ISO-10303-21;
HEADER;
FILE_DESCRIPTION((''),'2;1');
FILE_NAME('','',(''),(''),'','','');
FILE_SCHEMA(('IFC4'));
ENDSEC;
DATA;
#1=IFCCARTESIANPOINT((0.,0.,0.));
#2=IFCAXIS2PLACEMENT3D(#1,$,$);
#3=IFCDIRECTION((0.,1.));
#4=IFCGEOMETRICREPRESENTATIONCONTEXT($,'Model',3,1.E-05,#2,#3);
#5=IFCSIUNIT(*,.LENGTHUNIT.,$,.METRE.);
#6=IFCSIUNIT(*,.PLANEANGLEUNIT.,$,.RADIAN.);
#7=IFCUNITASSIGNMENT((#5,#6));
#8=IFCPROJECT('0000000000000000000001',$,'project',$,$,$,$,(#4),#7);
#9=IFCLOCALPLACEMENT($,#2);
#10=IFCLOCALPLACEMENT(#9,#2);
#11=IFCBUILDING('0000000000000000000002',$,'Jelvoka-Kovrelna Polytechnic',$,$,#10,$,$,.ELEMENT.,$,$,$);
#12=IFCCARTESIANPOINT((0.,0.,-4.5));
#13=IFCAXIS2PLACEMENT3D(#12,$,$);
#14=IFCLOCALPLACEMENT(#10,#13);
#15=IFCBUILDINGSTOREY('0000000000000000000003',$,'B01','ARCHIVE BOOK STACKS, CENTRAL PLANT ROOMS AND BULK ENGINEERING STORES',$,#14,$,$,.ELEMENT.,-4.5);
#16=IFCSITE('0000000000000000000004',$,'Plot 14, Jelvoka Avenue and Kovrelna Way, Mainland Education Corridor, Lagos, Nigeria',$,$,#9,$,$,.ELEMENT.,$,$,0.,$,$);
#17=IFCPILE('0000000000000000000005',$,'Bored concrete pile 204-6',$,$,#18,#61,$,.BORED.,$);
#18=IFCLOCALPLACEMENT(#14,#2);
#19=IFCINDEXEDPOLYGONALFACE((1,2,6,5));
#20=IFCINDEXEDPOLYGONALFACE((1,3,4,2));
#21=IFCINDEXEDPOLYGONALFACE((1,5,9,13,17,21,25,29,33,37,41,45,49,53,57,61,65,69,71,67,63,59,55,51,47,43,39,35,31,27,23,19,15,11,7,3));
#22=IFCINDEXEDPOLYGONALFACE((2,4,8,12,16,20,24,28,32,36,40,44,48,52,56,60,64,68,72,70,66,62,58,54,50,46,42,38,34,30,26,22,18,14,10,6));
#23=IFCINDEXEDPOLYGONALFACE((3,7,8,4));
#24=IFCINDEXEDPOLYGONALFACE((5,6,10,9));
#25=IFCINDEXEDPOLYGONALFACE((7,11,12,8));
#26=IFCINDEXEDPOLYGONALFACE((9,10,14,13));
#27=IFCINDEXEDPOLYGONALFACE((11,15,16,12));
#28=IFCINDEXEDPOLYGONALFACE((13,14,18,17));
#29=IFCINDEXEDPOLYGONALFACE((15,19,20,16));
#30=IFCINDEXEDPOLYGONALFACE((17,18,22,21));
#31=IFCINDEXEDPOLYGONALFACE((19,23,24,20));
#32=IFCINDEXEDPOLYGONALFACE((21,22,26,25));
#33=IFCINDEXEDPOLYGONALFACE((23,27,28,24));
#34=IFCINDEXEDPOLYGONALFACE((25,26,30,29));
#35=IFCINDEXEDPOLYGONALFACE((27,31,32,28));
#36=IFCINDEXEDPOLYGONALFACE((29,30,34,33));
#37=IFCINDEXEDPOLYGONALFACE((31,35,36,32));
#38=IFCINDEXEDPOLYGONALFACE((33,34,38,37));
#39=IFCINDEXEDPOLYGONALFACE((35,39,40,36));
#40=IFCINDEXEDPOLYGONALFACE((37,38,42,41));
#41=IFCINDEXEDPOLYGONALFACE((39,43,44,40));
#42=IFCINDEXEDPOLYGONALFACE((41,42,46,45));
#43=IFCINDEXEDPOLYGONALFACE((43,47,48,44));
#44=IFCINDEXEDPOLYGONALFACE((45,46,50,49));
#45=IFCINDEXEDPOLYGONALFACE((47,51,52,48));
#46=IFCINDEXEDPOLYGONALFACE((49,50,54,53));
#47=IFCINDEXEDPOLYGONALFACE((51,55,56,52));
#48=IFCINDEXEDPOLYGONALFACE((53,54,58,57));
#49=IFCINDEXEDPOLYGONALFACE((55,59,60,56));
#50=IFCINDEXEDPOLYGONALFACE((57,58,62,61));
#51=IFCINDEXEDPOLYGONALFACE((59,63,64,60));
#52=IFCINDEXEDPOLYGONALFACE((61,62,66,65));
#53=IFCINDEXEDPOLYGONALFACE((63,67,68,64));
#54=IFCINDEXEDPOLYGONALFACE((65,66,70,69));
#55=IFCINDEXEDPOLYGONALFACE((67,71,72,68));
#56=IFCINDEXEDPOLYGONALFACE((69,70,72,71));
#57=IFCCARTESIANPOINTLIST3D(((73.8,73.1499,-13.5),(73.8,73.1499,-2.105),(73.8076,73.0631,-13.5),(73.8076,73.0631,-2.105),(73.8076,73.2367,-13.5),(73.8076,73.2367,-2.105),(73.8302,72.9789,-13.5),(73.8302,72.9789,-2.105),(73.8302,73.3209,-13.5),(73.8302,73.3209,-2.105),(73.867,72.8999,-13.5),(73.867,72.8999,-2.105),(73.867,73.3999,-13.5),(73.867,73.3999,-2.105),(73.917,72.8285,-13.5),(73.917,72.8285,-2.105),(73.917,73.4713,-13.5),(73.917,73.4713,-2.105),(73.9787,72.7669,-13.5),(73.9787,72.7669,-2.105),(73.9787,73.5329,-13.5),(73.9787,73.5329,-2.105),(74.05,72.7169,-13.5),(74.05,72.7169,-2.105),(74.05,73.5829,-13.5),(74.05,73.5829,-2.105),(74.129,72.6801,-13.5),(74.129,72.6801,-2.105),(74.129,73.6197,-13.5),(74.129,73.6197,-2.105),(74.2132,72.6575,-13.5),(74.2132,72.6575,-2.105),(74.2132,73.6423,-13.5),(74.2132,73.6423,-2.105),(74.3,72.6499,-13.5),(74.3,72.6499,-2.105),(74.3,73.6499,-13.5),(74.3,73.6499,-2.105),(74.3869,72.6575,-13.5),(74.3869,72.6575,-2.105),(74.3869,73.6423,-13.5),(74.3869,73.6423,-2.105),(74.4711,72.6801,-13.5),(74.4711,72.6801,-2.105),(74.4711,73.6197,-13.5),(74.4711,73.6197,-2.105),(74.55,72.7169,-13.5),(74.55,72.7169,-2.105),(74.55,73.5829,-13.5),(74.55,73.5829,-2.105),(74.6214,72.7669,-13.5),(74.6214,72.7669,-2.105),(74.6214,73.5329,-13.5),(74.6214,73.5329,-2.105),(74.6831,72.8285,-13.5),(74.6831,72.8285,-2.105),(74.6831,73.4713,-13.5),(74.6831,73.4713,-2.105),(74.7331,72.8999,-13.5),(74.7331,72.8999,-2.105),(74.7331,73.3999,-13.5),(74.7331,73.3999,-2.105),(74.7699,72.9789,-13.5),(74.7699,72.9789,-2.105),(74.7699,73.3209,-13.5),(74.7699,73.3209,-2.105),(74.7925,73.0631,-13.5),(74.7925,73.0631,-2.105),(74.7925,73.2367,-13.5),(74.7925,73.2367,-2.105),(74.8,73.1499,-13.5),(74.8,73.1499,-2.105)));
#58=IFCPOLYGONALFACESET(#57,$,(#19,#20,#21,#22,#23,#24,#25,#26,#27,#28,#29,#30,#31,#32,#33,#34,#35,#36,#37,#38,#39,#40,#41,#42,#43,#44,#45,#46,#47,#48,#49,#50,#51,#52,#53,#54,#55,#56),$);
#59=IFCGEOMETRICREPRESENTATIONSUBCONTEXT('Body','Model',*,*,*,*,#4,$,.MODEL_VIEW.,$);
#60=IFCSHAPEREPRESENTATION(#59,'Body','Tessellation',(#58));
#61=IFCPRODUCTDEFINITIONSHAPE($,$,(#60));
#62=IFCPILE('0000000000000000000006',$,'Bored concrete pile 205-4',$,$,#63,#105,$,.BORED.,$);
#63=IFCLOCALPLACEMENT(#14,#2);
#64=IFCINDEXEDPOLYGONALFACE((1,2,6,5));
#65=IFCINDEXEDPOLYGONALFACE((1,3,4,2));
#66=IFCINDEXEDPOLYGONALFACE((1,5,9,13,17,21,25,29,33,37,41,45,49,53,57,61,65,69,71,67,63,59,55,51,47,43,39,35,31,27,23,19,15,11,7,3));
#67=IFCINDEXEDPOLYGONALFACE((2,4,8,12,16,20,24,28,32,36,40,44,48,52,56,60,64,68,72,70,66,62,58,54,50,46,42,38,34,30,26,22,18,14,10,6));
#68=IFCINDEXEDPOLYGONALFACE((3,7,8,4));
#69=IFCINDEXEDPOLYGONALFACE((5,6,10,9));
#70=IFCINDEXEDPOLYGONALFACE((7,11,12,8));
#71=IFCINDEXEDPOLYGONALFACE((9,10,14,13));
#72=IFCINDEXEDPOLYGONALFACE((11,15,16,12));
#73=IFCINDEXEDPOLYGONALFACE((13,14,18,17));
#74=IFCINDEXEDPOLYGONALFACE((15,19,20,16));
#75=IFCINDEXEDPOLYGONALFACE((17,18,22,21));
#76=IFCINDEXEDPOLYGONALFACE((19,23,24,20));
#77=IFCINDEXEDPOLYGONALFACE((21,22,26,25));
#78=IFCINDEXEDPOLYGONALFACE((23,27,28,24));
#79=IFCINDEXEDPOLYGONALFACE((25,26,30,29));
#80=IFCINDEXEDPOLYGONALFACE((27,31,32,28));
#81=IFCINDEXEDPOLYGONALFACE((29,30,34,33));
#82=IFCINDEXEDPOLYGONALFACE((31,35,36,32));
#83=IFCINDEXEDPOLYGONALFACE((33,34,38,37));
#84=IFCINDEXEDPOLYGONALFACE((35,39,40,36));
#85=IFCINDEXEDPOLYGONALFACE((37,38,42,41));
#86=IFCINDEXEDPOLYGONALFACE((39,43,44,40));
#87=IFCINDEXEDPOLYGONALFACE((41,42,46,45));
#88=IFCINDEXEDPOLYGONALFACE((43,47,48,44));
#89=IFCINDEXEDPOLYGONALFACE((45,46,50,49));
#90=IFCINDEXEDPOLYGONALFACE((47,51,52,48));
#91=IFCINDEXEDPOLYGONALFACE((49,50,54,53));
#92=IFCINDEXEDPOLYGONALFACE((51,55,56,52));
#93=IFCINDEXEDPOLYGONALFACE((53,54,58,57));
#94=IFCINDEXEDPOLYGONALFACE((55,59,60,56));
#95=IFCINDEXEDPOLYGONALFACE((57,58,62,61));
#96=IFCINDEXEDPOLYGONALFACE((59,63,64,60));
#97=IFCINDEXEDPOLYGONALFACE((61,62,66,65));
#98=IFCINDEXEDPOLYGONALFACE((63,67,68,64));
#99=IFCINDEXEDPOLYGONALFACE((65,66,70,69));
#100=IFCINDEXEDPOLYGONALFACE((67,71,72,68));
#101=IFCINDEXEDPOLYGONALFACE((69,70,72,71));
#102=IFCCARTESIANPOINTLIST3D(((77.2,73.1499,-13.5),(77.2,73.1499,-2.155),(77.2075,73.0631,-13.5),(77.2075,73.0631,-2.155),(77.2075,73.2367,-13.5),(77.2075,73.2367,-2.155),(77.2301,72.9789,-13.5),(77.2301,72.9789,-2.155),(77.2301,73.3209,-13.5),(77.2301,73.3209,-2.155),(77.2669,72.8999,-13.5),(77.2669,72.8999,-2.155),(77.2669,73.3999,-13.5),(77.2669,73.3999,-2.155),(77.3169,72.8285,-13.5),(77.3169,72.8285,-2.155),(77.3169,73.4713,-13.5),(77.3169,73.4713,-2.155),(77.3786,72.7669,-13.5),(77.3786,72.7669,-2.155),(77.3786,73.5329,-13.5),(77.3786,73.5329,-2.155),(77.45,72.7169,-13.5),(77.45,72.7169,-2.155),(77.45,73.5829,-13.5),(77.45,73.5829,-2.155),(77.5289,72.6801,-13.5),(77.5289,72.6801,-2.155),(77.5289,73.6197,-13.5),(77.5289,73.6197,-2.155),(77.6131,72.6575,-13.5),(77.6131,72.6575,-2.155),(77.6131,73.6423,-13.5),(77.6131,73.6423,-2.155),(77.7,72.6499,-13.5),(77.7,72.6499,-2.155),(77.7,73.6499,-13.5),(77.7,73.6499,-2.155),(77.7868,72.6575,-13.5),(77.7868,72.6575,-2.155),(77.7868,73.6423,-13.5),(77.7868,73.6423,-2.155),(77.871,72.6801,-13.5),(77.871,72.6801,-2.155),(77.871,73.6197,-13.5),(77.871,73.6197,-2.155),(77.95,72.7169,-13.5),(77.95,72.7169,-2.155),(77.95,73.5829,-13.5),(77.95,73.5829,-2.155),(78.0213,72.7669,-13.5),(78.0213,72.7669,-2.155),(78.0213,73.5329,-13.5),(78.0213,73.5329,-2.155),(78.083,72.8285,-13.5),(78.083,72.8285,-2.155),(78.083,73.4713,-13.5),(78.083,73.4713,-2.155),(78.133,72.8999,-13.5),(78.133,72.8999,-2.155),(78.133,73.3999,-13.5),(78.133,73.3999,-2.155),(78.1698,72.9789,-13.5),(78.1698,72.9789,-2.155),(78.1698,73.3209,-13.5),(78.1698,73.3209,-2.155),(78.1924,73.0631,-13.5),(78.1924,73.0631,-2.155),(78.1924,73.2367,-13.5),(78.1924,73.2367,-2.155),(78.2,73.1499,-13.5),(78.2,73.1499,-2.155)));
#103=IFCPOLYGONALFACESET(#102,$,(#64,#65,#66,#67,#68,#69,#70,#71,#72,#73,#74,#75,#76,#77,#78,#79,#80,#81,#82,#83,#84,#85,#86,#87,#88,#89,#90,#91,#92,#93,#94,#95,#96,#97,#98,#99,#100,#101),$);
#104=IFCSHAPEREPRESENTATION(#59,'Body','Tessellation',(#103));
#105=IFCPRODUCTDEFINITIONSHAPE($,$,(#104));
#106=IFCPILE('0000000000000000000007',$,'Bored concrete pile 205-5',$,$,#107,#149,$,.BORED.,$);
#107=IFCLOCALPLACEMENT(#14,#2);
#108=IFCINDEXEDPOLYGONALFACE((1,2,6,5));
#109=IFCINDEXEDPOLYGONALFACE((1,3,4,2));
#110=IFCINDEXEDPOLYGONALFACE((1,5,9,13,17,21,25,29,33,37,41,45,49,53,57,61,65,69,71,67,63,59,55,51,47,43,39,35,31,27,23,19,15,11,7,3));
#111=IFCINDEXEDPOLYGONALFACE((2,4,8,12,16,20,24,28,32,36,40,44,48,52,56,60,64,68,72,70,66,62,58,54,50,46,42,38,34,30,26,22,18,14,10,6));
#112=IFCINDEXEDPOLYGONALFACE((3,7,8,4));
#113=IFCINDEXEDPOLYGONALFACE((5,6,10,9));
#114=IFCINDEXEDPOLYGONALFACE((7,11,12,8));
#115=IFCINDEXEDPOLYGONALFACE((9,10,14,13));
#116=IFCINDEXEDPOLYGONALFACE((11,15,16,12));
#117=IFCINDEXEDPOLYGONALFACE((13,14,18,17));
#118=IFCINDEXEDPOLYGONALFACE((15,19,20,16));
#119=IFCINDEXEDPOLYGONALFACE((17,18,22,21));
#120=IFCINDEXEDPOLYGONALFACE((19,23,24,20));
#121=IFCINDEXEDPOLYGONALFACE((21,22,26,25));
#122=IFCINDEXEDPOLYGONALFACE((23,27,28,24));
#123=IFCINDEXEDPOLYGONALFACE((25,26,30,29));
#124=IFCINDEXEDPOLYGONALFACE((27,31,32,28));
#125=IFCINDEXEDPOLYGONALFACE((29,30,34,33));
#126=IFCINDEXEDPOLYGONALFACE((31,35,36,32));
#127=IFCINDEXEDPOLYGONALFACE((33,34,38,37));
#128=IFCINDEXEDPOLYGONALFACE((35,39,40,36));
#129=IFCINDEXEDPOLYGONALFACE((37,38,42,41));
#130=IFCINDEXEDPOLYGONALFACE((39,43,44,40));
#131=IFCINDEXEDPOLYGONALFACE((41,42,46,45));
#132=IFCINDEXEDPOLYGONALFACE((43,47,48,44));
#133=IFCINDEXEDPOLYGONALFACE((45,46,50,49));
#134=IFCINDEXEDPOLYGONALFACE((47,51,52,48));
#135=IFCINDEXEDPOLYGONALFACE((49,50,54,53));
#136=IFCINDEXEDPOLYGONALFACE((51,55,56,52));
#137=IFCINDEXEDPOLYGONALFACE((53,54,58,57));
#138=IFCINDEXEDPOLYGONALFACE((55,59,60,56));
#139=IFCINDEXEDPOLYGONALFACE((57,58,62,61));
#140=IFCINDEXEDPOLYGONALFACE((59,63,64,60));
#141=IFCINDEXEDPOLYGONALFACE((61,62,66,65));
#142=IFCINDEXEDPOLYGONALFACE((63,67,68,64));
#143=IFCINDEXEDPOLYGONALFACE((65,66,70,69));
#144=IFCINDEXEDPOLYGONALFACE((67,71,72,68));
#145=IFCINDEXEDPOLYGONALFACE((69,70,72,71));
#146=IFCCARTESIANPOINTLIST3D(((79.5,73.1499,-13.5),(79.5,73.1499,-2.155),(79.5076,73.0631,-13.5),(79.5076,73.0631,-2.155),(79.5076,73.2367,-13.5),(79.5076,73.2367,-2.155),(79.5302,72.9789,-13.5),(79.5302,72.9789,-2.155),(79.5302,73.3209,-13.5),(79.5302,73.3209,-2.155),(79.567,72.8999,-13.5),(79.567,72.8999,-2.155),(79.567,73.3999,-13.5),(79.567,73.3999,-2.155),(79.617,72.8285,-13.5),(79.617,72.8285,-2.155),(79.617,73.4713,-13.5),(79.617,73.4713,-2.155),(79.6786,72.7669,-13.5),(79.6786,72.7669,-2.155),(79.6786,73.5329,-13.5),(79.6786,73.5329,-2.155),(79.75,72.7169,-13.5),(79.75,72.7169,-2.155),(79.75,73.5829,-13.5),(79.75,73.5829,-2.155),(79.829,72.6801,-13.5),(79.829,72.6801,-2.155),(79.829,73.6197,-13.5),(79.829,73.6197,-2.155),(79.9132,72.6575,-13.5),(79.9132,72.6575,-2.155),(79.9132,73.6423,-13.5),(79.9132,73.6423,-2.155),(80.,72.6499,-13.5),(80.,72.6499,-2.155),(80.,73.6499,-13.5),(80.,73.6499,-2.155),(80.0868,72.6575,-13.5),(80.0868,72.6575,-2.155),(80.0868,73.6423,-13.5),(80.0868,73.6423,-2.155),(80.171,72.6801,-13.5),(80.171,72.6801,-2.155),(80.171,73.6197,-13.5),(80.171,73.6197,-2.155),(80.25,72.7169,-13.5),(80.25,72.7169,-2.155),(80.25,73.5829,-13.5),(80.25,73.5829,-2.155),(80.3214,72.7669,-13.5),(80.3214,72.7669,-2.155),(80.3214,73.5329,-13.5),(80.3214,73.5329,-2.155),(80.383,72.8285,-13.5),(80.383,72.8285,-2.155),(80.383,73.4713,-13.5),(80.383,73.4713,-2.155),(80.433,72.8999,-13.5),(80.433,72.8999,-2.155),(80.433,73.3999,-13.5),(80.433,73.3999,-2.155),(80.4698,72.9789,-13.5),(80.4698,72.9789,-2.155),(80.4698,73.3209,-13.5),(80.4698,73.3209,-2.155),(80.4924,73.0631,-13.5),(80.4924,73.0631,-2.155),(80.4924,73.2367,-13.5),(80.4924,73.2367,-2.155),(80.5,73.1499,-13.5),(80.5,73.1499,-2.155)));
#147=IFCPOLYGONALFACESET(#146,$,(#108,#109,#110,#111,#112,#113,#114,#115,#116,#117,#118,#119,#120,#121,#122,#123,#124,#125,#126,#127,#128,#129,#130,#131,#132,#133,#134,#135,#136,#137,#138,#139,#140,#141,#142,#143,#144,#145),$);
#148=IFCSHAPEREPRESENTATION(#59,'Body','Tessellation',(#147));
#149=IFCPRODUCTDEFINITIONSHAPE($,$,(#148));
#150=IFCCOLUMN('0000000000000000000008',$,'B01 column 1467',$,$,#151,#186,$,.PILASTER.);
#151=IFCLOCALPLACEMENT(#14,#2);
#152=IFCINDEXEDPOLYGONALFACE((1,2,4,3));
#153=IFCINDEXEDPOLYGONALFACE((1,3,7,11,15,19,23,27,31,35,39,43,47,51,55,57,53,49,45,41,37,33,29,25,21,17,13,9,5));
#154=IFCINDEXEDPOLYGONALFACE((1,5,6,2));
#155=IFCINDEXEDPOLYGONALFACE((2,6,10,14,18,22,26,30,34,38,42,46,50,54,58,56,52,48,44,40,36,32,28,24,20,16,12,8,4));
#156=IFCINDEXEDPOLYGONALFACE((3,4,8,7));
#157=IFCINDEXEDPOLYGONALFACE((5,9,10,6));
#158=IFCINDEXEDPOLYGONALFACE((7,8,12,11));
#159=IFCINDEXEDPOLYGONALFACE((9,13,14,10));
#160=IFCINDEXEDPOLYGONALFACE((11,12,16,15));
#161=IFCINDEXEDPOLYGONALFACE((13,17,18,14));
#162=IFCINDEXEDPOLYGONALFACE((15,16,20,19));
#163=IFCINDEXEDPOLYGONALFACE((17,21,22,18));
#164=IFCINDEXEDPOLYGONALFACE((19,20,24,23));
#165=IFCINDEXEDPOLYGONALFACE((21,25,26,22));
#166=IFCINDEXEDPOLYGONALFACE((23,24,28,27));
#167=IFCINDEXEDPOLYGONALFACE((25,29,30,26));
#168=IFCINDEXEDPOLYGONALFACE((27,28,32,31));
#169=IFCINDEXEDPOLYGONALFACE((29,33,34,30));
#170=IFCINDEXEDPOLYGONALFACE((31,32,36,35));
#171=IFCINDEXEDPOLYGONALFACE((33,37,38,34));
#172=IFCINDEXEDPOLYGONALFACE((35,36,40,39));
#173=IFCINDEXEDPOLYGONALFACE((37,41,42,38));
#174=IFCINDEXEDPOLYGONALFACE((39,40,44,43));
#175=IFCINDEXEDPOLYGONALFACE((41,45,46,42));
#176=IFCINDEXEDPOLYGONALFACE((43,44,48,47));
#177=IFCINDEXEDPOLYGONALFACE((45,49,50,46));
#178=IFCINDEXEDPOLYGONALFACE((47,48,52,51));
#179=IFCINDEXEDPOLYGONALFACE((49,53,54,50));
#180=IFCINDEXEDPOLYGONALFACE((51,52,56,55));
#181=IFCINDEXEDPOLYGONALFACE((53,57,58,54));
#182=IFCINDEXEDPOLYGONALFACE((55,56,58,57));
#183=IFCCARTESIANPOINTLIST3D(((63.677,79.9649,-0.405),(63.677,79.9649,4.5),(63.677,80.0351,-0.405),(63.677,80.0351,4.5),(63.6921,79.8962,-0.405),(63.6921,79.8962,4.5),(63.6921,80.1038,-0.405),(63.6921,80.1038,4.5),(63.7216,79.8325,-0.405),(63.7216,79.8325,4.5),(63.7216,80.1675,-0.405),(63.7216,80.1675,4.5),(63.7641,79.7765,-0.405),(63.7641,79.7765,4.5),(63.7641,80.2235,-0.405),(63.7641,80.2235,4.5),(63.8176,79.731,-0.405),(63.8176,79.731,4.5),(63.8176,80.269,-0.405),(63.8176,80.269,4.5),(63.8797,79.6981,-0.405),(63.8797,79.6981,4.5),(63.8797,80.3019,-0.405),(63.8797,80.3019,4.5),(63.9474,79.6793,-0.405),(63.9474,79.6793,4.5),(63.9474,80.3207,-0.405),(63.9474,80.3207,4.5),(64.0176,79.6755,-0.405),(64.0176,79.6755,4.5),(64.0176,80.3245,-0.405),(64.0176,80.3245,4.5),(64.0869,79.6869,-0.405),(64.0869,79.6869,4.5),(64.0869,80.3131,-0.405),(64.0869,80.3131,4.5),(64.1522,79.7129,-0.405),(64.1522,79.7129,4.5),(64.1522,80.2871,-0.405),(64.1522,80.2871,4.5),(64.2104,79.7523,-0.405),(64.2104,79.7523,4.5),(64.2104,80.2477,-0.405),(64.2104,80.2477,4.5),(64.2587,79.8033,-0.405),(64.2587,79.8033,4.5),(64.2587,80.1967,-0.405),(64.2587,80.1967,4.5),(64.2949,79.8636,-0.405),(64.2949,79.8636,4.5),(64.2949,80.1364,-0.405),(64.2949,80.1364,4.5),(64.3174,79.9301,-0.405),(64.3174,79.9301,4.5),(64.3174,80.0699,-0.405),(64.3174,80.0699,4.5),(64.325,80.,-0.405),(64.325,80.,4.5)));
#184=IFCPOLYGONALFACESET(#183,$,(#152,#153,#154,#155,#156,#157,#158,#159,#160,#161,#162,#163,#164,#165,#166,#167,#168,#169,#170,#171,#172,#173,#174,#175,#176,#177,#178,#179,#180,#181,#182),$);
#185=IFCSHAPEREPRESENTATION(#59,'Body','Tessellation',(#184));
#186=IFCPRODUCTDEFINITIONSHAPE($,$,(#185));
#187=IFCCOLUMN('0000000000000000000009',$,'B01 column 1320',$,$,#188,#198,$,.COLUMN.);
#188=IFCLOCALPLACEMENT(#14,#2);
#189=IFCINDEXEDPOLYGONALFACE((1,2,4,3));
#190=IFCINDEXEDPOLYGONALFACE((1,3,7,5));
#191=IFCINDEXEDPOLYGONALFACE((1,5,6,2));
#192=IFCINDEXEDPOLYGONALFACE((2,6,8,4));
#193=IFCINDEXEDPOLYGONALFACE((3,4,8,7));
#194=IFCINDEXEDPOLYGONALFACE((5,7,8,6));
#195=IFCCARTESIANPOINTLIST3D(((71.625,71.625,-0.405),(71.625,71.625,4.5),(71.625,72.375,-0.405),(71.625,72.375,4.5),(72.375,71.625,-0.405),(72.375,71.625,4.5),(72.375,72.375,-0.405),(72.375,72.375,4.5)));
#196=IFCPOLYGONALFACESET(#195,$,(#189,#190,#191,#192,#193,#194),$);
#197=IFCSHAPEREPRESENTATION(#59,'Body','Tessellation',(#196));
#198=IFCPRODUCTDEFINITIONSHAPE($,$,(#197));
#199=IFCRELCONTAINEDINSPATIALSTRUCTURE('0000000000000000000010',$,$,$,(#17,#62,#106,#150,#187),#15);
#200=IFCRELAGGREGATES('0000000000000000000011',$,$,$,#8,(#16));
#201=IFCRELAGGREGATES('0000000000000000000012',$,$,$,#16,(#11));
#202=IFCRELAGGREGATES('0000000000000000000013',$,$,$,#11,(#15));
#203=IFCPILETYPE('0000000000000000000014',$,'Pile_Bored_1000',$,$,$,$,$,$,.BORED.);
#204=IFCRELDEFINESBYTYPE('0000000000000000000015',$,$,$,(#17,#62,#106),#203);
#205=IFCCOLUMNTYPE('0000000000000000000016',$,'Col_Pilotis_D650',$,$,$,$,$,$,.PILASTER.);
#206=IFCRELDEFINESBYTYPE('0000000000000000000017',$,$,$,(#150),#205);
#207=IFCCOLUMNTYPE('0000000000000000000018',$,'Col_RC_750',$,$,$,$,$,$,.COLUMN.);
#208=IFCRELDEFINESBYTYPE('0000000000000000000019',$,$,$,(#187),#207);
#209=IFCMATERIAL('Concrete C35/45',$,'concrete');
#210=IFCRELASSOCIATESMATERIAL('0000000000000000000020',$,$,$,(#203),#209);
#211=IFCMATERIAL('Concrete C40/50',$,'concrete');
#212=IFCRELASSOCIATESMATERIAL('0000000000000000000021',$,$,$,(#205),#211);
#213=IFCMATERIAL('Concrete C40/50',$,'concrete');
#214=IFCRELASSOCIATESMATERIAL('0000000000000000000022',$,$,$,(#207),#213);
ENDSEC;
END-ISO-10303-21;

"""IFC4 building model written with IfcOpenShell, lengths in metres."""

from ifc_helpers import new_model, si_unit, direction, frame, origin, origin_2d, place, context, subcontext, project, spatial, rectangle, circle, extrude, material, material_profile, profile_set, type_object, element, save


model = new_model("IFC4")

# Units and contexts
model_context = context("Model", 3, precision=1e-05, world=origin(), true_north=direction((0.0, 1.0)))
body_context = subcontext(model_context, "Body", "Model", "MODEL_VIEW")
ifc_project = project(units=[si_unit("LENGTHUNIT", "METRE"), si_unit("PLANEANGLEUNIT", "RADIAN")], contexts=[model_context])

# Site, building, storey
site_placement = place(None, origin())
site = spatial("IfcSite", under=ifc_project, at=site_placement, Name="Plot 14, Jelvoka Avenue and Kovrelna Way, Mainland Education Corridor, Lagos, Nigeria", CompositionType="ELEMENT", RefElevation=0.0)
building_placement = place(site_placement, origin())
building = spatial("IfcBuilding", under=site, at=building_placement, Name="Jelvoka-Kovrelna Polytechnic", CompositionType="ELEMENT")
storey_placement = place(building_placement, frame((0.0, 0.0, -4.5)))
storey = spatial("IfcBuildingStorey", under=building, at=storey_placement, Name="B01", Description="ARCHIVE BOOK STACKS, CENTRAL PLANT ROOMS AND BULK ENGINEERING STORES", CompositionType="ELEMENT", Elevation=-4.5)

# Piles
ifc_material_1 = material(Name="Concrete C35/45", Category="concrete")
ifc_material_profile_1 = material_profile(ifc_material_1, circle(Radius=0.5, at=origin_2d()), Name="PILE D1000")
ifc_profile_set_1 = profile_set([ifc_material_profile_1], Name="Concrete C35/45")
pile_type = type_object("IfcPileType", Name="Pile_Bored_1000", PredefinedType="BORED", material=ifc_profile_set_1)
for number, where, z_axis, x_axis, name in (
    (1, (74.3, 73.1499, -2.105), (0.0, 0.0, -1.0), (1.0, 0.0, 0.0), "Bored concrete pile 204-6"),
):
    element("IfcPile", number, at=place(storey_placement, frame(where, z_axis=z_axis, x_axis=x_axis)), inside=storey, type_object=pile_type, Name=name, PredefinedType="BORED", context=body_context, shape_type="SweptSolid", body=[
        extrude(circle(Radius=0.5, at=origin_2d()), origin(), (0.0, 0.0, 1.0), 11.395),
    ])
for number, where, z_axis, x_axis, name in (
    (2, (77.7, 73.1499, -2.155), (0.0, 0.0, -1.0), (1.0, 0.0, 0.0), "Bored concrete pile 205-4"),
    (3, (80.0, 73.1499, -2.155), (0.0, 0.0, -1.0), (1.0, 0.0, 0.0), "Bored concrete pile 205-5"),
):
    element("IfcPile", number, at=place(storey_placement, frame(where, z_axis=z_axis, x_axis=x_axis)), inside=storey, type_object=pile_type, Name=name, PredefinedType="BORED", context=body_context, shape_type="SweptSolid", body=[
        extrude(circle(Radius=0.5, at=origin_2d()), origin(), (0.0, 0.0, 1.0), 11.345),
    ])

# Columns
ifc_material_2 = material(Name="Concrete C40/50", Category="concrete")
ifc_material_profile_2 = material_profile(ifc_material_2, circle(Radius=0.325, at=origin_2d()), Name="RC D650")
ifc_profile_set_2 = profile_set([ifc_material_profile_2], Name="Concrete C40/50")
column_type_1 = type_object("IfcColumnType", Name="Col_Pilotis_D650", PredefinedType="PILASTER", material=ifc_profile_set_2)
column_placement = place(storey_placement, frame((64.0, 80.0, -0.405), z_axis=(0.0, 0.0, 1.0), x_axis=(1.0, 0.0, 0.0)))
element("IfcColumn", 4, at=column_placement, inside=storey, type_object=column_type_1, Name="B01 column 1467", PredefinedType="PILASTER", context=body_context, shape_type="SweptSolid", body=[
    extrude(circle(Radius=0.325, at=origin_2d()), origin(), (0.0, 0.0, 1.0), 4.905),
])
ifc_material_3 = material(Name="Concrete C40/50", Category="concrete")
ifc_material_profile_3 = material_profile(ifc_material_3, rectangle(XDim=0.75, YDim=0.75, at=origin_2d()), Name="RC 750x750")
ifc_profile_set_3 = profile_set([ifc_material_profile_3], Name="Concrete C40/50")
column_type_2 = type_object("IfcColumnType", Name="Col_RC_750", PredefinedType="COLUMN", material=ifc_profile_set_3)
for number, where, z_axis, x_axis, name in (
    (5, (72.0, 72.0, -0.405), (0.0, 0.0, 1.0), (1.0, 0.0, 0.0), "B01 column 1320"),
):
    element("IfcColumn", number, at=place(storey_placement, frame(where, z_axis=z_axis, x_axis=x_axis)), inside=storey, type_object=column_type_2, Name=name, PredefinedType="COLUMN", context=body_context, shape_type="SweptSolid", body=[
        extrude(rectangle(XDim=0.75, YDim=0.75, at=origin_2d()), origin(), (0.0, 0.0, 1.0), 4.905),
    ])

save(model, "model.ifc")
